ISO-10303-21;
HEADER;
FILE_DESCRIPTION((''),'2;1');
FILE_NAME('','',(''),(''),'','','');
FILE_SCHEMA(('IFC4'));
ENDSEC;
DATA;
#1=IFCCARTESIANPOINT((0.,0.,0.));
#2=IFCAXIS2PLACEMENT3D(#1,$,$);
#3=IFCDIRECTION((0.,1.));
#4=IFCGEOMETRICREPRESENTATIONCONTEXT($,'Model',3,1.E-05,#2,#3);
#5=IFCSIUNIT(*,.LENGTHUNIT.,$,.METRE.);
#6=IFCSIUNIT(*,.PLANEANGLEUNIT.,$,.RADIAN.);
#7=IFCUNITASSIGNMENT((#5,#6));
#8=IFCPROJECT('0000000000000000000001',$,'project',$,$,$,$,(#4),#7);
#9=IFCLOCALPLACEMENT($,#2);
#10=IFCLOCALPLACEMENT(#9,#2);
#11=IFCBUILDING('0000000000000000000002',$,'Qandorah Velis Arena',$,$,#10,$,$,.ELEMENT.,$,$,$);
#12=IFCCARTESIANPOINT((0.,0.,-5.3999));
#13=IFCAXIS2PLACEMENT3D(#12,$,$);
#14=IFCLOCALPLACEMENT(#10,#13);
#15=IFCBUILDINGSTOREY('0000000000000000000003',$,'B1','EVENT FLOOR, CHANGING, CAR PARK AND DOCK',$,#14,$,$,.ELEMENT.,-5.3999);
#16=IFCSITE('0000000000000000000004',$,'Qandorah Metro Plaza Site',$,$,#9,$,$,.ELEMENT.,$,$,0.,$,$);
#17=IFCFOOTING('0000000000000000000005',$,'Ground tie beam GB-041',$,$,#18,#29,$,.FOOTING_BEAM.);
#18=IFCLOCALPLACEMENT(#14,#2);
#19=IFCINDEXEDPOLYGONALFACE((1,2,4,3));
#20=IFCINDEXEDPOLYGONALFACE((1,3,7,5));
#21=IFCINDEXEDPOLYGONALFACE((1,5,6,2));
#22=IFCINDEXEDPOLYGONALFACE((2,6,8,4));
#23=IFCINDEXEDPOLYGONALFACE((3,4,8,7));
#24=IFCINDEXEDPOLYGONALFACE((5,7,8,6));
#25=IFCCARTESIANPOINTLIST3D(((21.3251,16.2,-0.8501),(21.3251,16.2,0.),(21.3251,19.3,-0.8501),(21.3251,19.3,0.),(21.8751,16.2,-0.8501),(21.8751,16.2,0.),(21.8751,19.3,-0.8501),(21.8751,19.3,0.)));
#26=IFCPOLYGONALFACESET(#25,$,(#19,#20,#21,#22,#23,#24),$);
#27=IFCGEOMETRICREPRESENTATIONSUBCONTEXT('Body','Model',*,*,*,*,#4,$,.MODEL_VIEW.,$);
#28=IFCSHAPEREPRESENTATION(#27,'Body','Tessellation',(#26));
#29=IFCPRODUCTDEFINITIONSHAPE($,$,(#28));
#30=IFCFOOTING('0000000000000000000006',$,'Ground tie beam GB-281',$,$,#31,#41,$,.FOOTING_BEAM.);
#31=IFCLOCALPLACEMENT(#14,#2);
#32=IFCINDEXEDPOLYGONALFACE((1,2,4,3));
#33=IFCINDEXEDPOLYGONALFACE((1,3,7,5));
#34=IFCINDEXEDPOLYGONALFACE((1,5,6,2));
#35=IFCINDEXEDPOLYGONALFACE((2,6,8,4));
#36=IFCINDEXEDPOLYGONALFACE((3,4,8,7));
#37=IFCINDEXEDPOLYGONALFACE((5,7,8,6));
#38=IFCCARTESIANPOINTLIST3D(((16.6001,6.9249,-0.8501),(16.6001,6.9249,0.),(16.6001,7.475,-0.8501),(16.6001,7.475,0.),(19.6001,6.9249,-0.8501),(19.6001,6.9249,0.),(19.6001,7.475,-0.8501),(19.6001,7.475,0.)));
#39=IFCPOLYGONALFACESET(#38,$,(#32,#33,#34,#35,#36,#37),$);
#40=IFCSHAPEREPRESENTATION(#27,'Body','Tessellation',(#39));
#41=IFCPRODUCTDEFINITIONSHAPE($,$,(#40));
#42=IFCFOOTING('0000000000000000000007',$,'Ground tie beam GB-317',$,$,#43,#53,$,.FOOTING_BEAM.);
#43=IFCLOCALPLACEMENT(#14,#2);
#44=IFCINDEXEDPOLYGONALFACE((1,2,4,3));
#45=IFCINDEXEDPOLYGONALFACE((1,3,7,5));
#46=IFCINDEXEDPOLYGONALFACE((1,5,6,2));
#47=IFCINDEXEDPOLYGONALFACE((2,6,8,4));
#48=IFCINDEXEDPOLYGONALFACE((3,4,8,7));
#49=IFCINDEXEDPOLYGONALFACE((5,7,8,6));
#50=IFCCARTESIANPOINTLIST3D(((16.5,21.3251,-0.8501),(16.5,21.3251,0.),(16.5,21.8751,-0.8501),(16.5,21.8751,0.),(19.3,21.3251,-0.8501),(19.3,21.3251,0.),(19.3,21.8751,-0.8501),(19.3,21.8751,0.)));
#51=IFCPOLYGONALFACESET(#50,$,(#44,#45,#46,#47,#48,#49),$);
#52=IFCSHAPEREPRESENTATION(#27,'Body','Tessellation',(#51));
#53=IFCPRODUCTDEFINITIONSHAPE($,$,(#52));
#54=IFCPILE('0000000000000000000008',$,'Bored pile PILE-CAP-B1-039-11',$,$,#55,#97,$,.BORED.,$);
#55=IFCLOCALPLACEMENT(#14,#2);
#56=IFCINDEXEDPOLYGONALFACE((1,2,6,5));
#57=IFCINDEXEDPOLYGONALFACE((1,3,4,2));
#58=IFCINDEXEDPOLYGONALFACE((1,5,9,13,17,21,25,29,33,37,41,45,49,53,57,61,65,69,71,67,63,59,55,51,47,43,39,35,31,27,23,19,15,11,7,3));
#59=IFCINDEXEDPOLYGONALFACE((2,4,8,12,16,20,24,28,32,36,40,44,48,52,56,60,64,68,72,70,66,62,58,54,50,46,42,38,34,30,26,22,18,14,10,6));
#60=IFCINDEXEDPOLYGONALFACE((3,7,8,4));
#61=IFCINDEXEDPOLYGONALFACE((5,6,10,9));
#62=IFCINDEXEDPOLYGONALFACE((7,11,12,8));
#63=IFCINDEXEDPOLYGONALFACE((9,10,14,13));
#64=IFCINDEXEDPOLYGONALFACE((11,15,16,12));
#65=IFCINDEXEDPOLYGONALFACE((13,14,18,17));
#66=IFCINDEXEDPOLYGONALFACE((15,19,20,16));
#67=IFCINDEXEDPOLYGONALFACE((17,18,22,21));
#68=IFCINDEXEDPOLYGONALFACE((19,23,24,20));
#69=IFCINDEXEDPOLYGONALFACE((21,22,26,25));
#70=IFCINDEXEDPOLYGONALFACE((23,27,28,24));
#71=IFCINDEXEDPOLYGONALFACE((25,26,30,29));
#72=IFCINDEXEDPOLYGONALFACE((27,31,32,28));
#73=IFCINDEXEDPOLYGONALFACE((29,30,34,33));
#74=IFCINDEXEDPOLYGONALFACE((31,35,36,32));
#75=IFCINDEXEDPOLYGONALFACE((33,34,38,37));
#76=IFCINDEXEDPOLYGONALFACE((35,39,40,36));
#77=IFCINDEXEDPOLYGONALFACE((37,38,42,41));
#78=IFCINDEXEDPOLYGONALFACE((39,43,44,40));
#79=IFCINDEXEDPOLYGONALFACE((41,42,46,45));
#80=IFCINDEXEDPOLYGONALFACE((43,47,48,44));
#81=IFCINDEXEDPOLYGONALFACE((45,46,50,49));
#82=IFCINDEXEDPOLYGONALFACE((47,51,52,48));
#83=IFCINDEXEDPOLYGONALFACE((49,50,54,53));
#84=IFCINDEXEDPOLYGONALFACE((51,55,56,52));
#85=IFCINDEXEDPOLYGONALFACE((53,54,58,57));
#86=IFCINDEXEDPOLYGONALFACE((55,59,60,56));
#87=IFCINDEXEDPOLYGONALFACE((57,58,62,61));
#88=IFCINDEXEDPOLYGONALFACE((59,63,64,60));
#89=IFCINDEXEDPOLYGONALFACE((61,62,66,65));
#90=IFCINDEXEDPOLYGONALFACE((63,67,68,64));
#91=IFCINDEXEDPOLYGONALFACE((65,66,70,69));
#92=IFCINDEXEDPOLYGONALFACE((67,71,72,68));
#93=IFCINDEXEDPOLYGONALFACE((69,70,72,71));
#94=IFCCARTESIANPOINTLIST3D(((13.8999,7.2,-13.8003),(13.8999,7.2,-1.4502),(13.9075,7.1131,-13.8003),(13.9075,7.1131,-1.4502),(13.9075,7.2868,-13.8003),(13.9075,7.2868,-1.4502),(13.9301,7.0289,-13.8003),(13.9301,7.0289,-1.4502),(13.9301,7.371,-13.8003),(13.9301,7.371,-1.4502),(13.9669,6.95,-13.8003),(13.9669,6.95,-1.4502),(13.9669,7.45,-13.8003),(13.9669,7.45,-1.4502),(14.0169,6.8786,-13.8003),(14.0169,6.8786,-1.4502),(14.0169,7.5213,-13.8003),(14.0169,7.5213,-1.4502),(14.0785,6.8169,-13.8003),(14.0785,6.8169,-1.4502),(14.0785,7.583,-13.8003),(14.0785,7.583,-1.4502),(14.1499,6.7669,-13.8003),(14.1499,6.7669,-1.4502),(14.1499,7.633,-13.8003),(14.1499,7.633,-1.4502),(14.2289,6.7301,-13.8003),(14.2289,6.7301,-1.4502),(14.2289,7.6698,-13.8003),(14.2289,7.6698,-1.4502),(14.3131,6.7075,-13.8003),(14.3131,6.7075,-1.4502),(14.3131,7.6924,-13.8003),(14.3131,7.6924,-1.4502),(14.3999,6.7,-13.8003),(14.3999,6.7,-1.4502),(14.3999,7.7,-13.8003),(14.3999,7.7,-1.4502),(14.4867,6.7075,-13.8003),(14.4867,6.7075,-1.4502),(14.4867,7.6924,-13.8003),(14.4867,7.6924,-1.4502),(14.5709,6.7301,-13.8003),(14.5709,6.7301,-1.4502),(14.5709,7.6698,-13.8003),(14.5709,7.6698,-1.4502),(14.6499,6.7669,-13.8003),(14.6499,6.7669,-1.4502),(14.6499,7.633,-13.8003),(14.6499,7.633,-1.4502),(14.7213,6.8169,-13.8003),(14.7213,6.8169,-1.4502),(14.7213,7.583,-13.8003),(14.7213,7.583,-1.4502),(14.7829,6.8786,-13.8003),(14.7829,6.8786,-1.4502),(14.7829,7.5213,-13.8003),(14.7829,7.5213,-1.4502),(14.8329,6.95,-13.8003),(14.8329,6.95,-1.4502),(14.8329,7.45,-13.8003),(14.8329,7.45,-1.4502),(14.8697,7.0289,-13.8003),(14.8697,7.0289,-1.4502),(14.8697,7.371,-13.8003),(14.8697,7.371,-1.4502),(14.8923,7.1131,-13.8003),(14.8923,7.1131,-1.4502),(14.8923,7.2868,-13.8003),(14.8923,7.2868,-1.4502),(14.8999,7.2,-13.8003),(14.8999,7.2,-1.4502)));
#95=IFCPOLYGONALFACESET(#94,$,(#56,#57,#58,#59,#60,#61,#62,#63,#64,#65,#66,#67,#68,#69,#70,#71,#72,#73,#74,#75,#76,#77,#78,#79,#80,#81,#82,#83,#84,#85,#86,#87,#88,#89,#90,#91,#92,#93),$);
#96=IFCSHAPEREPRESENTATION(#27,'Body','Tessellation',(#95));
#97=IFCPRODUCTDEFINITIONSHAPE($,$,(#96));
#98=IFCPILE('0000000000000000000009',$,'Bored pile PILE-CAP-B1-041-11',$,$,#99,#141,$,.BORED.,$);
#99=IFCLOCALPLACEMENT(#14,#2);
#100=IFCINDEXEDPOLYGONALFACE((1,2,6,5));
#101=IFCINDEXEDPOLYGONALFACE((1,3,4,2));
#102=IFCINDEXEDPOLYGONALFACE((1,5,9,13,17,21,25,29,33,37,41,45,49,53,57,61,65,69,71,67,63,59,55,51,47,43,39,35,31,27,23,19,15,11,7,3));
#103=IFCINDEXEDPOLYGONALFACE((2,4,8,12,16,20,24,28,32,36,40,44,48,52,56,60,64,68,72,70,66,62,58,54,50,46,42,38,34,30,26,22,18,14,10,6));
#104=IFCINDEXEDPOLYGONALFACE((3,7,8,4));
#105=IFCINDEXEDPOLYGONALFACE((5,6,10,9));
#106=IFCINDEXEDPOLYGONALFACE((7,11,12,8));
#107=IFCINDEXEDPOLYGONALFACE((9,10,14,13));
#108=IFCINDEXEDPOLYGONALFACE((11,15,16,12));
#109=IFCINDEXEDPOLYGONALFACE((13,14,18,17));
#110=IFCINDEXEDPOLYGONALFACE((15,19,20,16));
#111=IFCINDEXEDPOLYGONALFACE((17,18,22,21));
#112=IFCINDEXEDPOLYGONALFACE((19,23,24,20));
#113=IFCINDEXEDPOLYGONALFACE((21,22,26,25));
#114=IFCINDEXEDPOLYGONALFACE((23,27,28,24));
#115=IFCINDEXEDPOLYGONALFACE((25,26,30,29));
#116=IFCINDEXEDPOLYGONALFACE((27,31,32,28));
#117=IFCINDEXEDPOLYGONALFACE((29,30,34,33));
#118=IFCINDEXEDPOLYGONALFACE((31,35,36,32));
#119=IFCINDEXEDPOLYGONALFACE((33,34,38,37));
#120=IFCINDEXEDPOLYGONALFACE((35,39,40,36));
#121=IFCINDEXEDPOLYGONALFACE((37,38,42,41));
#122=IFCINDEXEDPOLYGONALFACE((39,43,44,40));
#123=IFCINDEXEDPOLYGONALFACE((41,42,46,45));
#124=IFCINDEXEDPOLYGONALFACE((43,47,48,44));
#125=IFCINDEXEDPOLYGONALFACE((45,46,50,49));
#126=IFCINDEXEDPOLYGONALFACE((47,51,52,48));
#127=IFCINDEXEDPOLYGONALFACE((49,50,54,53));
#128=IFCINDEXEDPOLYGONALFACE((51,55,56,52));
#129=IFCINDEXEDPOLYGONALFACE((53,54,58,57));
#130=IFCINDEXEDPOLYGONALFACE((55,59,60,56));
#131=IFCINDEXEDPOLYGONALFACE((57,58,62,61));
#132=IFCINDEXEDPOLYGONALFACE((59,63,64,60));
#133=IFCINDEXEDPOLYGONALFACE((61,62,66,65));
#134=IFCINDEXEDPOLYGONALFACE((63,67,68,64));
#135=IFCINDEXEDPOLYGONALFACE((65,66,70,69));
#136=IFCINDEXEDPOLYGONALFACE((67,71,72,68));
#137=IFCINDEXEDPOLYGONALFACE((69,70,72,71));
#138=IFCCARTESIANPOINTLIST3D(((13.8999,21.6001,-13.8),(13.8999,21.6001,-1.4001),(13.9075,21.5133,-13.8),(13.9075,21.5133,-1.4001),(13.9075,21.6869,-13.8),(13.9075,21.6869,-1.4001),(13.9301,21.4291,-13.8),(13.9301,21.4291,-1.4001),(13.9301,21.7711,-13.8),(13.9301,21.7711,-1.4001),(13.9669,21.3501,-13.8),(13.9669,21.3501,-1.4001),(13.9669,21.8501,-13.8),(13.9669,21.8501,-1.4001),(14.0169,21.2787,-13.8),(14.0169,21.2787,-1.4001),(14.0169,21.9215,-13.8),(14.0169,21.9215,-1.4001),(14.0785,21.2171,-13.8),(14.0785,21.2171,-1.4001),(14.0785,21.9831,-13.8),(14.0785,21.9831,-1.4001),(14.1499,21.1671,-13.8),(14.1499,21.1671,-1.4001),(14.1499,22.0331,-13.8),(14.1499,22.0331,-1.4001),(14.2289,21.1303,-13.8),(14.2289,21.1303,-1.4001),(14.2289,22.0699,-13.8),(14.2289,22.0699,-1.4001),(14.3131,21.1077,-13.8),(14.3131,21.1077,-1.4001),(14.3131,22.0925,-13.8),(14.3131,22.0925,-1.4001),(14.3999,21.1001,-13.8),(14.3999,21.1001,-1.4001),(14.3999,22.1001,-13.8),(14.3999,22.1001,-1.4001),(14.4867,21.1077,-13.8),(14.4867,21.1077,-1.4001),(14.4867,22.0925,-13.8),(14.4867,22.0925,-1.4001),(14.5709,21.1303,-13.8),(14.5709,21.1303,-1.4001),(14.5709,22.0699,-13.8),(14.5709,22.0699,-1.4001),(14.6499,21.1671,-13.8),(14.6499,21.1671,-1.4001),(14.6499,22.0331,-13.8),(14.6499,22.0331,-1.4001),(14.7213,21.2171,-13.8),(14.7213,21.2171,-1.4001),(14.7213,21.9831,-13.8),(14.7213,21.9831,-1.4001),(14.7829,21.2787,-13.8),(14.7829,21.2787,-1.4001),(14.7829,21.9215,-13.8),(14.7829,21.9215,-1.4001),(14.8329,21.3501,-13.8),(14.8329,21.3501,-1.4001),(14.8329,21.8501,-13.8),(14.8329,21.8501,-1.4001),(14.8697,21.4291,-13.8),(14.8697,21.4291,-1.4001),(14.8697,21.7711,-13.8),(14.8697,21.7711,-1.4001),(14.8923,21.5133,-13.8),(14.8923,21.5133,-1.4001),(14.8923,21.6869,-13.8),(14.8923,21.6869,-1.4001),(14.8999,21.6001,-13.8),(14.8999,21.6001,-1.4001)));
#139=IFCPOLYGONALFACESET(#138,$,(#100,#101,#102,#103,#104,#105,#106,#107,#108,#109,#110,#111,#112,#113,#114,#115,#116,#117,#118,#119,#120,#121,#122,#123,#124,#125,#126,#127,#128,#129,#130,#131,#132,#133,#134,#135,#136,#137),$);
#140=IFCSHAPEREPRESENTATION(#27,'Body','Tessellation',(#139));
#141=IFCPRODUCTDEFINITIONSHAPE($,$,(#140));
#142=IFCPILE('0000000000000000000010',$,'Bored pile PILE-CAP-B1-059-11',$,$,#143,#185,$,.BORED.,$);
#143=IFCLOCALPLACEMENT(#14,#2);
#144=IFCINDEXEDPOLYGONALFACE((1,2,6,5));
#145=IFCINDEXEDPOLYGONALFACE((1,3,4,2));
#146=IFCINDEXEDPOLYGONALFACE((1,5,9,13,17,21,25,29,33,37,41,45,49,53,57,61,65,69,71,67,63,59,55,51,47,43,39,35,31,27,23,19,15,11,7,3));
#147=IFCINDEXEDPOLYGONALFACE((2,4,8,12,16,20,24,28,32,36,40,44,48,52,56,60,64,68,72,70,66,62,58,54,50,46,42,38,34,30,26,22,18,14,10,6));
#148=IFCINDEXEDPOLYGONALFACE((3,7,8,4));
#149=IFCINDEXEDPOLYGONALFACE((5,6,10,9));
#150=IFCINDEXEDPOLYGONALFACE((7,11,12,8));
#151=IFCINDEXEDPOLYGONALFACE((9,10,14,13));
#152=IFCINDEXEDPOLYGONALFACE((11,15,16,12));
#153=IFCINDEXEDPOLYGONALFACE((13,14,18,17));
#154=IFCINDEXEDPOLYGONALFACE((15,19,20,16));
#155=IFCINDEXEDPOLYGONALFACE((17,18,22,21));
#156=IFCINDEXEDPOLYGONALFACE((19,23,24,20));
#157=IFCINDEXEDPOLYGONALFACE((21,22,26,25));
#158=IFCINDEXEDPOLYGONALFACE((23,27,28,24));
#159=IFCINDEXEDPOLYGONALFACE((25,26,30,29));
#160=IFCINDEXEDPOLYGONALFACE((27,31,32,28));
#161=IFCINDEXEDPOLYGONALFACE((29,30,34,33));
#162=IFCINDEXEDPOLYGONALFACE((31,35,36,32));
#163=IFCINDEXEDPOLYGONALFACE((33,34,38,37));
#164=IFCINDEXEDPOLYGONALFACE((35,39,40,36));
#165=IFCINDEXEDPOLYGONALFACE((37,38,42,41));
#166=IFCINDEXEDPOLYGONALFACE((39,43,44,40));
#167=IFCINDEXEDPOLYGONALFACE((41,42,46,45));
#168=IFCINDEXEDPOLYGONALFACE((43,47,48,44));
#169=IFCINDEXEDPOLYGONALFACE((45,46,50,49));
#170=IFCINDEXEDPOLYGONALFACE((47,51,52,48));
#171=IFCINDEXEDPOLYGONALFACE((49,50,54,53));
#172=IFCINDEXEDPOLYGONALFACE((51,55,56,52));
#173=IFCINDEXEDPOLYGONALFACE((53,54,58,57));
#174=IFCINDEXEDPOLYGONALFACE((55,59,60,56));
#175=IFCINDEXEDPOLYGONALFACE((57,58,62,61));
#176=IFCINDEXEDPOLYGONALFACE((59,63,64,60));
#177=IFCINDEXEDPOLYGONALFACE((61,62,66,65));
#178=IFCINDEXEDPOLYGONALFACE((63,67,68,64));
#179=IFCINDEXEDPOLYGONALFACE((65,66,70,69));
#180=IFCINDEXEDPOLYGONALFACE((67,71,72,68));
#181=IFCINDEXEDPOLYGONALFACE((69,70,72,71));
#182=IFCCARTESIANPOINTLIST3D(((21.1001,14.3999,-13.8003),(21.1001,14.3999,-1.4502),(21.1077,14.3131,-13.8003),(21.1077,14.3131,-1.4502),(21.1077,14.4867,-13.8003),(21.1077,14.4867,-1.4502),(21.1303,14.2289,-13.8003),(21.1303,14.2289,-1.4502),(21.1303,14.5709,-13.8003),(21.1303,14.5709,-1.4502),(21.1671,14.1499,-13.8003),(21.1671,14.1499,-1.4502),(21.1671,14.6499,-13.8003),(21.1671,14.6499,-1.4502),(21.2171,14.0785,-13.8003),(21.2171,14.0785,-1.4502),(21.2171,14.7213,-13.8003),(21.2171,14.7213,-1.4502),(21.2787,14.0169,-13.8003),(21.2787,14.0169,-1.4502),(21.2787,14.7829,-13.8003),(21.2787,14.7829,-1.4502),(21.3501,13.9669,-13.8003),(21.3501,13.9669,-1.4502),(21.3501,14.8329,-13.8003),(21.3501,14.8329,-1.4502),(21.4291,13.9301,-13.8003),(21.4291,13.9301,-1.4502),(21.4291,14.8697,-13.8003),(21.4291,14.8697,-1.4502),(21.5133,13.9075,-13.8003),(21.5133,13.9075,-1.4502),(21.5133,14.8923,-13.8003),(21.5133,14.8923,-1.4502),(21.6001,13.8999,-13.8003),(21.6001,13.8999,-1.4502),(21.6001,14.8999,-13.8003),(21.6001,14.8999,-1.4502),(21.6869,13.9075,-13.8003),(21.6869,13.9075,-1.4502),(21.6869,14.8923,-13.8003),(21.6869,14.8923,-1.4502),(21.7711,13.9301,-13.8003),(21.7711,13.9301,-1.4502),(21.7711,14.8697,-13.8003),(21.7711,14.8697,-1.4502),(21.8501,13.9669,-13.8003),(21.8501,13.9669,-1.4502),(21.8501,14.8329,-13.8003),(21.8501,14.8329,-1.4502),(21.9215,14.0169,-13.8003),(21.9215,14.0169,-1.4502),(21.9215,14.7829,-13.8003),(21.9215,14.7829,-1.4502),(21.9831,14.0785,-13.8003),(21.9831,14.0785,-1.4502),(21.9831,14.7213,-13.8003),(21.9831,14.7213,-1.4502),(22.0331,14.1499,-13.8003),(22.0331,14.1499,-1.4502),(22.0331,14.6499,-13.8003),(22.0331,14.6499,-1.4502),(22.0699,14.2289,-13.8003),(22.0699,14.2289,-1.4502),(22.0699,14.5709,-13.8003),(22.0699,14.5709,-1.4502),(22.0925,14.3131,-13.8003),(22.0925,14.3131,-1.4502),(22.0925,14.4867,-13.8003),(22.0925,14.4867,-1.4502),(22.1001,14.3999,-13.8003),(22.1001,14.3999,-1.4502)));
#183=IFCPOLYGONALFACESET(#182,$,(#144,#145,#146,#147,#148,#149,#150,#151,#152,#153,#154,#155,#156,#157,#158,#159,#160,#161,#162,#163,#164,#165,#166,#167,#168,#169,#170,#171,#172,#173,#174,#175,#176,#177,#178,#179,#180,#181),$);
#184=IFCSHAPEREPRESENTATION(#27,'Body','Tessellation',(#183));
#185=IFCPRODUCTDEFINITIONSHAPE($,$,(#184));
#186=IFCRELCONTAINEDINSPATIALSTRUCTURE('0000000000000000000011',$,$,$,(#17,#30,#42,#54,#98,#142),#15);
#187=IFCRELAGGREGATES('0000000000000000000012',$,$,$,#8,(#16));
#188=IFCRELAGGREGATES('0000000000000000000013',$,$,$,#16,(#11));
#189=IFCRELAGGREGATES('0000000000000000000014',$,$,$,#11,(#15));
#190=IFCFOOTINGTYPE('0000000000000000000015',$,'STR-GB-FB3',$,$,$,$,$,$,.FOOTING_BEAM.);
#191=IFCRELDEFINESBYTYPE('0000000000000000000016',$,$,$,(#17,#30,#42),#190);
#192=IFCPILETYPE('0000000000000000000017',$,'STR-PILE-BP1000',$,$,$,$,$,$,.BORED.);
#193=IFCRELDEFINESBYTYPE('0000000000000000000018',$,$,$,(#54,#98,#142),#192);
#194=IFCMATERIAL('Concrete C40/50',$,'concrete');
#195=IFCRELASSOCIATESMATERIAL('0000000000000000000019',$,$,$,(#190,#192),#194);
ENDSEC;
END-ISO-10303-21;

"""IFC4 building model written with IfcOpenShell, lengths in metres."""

from ifc_helpers import new_model, si_unit, direction, frame, origin, origin_2d, place, context, subcontext, project, spatial, rectangle, circle, extrude, material, material_profile, profile_set, type_object, element, save


model = new_model("IFC4")

# Units and contexts
model_context = context("Model", 3, precision=1e-05, world=origin(), true_north=direction((0.0, 1.0)))
body_context = subcontext(model_context, "Body", "Model", "MODEL_VIEW")
ifc_project = project(units=[si_unit("LENGTHUNIT", "METRE"), si_unit("PLANEANGLEUNIT", "RADIAN")], contexts=[model_context])

# Site, building, storey
site_placement = place(None, origin())
site = spatial("IfcSite", under=ifc_project, at=site_placement, Name="Qandorah Metro Plaza Site", CompositionType="ELEMENT", RefElevation=0.0)
building_placement = place(site_placement, origin())
building = spatial("IfcBuilding", under=site, at=building_placement, Name="Qandorah Velis Arena", CompositionType="ELEMENT")
storey_placement = place(building_placement, frame((0.0, 0.0, -5.3999)))
storey = spatial("IfcBuildingStorey", under=building, at=storey_placement, Name="B1", Description="EVENT FLOOR, CHANGING, CAR PARK AND DOCK", CompositionType="ELEMENT", Elevation=-5.3999)

# Footings
ifc_material = material(Name="Concrete C40/50", Category="concrete")
ifc_material_profile_1 = material_profile(ifc_material, rectangle(XDim=0.55, YDim=0.8501, at=origin_2d()), Name="GB3 550x850")
ifc_profile_set_1 = profile_set([ifc_material_profile_1], Name="Concrete C40/50")
footing_type_1 = type_object("IfcFootingType", Name="STR-GB-FB3", PredefinedType="FOOTING_BEAM", material=ifc_profile_set_1)
footing_1_placement = place(storey_placement, frame((21.6001, 16.2, -0.425), z_axis=(0.0, 1.0, 0.0), x_axis=(-1.0, 0.0, 0.0)))
element("IfcFooting", 1, at=footing_1_placement, inside=storey, type_object=footing_type_1, Name="Ground tie beam GB-041", PredefinedType="FOOTING_BEAM", context=body_context, shape_type="SweptSolid", body=[
    extrude(rectangle(XDim=0.55, YDim=0.8501, at=origin_2d()), origin(), (0.0, 0.0, 1.0), 3.1001),
])
footing_2_placement = place(storey_placement, frame((16.6001, 7.2, -0.425), z_axis=(1.0, 0.0, 0.0), x_axis=(0.0, 1.0, 0.0)))
element("IfcFooting", 2, at=footing_2_placement, inside=storey, type_object=footing_type_1, Name="Ground tie beam GB-281", PredefinedType="FOOTING_BEAM", context=body_context, shape_type="SweptSolid", body=[
    extrude(rectangle(XDim=0.55, YDim=0.8501, at=origin_2d()), origin(), (0.0, 0.0, 1.0), 3.0),
])
footing_3_placement = place(storey_placement, frame((16.5, 21.6001, -0.425), z_axis=(1.0, 0.0, 0.0), x_axis=(0.0, 1.0, 0.0)))
element("IfcFooting", 3, at=footing_3_placement, inside=storey, type_object=footing_type_1, Name="Ground tie beam GB-317", PredefinedType="FOOTING_BEAM", context=body_context, shape_type="SweptSolid", body=[
    extrude(rectangle(XDim=0.55, YDim=0.8501, at=origin_2d()), origin(), (0.0, 0.0, 1.0), 2.8),
])

# Piles
ifc_material_profile_2 = material_profile(ifc_material, circle(Radius=0.5, at=origin_2d()), Name="BORED PILE D1000")
ifc_profile_set_2 = profile_set([ifc_material_profile_2], Name="Concrete C40/50")
pile_type_1 = type_object("IfcPileType", Name="STR-PILE-BP1000", PredefinedType="BORED", material=ifc_profile_set_2)
pile_1_placement = place(storey_placement, frame((14.3999, 7.2, -1.4502), z_axis=(0.0, 0.0, -1.0), x_axis=(1.0, 0.0, 0.0)))
element("IfcPile", 4, at=pile_1_placement, inside=storey, type_object=pile_type_1, Name="Bored pile PILE-CAP-B1-039-11", PredefinedType="BORED", context=body_context, shape_type="SweptSolid", body=[
    extrude(circle(Radius=0.5, at=origin_2d()), origin(), (0.0, 0.0, 1.0), 12.3501),
])
pile_2_placement = place(storey_placement, frame((14.3999, 21.6001, -1.4001), z_axis=(0.0, 0.0, -1.0), x_axis=(1.0, 0.0, 0.0)))
element("IfcPile", 5, at=pile_2_placement, inside=storey, type_object=pile_type_1, Name="Bored pile PILE-CAP-B1-041-11", PredefinedType="BORED", context=body_context, shape_type="SweptSolid", body=[
    extrude(circle(Radius=0.5, at=origin_2d()), origin(), (0.0, 0.0, 1.0), 12.3999),
])
pile_3_placement = place(storey_placement, frame((21.6001, 14.3999, -1.4502), z_axis=(0.0, 0.0, -1.0), x_axis=(1.0, 0.0, 0.0)))
element("IfcPile", 6, at=pile_3_placement, inside=storey, type_object=pile_type_1, Name="Bored pile PILE-CAP-B1-059-11", PredefinedType="BORED", context=body_context, shape_type="SweptSolid", body=[
    extrude(circle(Radius=0.5, at=origin_2d()), origin(), (0.0, 0.0, 1.0), 12.3501),
])

save(model, "model.ifc")
